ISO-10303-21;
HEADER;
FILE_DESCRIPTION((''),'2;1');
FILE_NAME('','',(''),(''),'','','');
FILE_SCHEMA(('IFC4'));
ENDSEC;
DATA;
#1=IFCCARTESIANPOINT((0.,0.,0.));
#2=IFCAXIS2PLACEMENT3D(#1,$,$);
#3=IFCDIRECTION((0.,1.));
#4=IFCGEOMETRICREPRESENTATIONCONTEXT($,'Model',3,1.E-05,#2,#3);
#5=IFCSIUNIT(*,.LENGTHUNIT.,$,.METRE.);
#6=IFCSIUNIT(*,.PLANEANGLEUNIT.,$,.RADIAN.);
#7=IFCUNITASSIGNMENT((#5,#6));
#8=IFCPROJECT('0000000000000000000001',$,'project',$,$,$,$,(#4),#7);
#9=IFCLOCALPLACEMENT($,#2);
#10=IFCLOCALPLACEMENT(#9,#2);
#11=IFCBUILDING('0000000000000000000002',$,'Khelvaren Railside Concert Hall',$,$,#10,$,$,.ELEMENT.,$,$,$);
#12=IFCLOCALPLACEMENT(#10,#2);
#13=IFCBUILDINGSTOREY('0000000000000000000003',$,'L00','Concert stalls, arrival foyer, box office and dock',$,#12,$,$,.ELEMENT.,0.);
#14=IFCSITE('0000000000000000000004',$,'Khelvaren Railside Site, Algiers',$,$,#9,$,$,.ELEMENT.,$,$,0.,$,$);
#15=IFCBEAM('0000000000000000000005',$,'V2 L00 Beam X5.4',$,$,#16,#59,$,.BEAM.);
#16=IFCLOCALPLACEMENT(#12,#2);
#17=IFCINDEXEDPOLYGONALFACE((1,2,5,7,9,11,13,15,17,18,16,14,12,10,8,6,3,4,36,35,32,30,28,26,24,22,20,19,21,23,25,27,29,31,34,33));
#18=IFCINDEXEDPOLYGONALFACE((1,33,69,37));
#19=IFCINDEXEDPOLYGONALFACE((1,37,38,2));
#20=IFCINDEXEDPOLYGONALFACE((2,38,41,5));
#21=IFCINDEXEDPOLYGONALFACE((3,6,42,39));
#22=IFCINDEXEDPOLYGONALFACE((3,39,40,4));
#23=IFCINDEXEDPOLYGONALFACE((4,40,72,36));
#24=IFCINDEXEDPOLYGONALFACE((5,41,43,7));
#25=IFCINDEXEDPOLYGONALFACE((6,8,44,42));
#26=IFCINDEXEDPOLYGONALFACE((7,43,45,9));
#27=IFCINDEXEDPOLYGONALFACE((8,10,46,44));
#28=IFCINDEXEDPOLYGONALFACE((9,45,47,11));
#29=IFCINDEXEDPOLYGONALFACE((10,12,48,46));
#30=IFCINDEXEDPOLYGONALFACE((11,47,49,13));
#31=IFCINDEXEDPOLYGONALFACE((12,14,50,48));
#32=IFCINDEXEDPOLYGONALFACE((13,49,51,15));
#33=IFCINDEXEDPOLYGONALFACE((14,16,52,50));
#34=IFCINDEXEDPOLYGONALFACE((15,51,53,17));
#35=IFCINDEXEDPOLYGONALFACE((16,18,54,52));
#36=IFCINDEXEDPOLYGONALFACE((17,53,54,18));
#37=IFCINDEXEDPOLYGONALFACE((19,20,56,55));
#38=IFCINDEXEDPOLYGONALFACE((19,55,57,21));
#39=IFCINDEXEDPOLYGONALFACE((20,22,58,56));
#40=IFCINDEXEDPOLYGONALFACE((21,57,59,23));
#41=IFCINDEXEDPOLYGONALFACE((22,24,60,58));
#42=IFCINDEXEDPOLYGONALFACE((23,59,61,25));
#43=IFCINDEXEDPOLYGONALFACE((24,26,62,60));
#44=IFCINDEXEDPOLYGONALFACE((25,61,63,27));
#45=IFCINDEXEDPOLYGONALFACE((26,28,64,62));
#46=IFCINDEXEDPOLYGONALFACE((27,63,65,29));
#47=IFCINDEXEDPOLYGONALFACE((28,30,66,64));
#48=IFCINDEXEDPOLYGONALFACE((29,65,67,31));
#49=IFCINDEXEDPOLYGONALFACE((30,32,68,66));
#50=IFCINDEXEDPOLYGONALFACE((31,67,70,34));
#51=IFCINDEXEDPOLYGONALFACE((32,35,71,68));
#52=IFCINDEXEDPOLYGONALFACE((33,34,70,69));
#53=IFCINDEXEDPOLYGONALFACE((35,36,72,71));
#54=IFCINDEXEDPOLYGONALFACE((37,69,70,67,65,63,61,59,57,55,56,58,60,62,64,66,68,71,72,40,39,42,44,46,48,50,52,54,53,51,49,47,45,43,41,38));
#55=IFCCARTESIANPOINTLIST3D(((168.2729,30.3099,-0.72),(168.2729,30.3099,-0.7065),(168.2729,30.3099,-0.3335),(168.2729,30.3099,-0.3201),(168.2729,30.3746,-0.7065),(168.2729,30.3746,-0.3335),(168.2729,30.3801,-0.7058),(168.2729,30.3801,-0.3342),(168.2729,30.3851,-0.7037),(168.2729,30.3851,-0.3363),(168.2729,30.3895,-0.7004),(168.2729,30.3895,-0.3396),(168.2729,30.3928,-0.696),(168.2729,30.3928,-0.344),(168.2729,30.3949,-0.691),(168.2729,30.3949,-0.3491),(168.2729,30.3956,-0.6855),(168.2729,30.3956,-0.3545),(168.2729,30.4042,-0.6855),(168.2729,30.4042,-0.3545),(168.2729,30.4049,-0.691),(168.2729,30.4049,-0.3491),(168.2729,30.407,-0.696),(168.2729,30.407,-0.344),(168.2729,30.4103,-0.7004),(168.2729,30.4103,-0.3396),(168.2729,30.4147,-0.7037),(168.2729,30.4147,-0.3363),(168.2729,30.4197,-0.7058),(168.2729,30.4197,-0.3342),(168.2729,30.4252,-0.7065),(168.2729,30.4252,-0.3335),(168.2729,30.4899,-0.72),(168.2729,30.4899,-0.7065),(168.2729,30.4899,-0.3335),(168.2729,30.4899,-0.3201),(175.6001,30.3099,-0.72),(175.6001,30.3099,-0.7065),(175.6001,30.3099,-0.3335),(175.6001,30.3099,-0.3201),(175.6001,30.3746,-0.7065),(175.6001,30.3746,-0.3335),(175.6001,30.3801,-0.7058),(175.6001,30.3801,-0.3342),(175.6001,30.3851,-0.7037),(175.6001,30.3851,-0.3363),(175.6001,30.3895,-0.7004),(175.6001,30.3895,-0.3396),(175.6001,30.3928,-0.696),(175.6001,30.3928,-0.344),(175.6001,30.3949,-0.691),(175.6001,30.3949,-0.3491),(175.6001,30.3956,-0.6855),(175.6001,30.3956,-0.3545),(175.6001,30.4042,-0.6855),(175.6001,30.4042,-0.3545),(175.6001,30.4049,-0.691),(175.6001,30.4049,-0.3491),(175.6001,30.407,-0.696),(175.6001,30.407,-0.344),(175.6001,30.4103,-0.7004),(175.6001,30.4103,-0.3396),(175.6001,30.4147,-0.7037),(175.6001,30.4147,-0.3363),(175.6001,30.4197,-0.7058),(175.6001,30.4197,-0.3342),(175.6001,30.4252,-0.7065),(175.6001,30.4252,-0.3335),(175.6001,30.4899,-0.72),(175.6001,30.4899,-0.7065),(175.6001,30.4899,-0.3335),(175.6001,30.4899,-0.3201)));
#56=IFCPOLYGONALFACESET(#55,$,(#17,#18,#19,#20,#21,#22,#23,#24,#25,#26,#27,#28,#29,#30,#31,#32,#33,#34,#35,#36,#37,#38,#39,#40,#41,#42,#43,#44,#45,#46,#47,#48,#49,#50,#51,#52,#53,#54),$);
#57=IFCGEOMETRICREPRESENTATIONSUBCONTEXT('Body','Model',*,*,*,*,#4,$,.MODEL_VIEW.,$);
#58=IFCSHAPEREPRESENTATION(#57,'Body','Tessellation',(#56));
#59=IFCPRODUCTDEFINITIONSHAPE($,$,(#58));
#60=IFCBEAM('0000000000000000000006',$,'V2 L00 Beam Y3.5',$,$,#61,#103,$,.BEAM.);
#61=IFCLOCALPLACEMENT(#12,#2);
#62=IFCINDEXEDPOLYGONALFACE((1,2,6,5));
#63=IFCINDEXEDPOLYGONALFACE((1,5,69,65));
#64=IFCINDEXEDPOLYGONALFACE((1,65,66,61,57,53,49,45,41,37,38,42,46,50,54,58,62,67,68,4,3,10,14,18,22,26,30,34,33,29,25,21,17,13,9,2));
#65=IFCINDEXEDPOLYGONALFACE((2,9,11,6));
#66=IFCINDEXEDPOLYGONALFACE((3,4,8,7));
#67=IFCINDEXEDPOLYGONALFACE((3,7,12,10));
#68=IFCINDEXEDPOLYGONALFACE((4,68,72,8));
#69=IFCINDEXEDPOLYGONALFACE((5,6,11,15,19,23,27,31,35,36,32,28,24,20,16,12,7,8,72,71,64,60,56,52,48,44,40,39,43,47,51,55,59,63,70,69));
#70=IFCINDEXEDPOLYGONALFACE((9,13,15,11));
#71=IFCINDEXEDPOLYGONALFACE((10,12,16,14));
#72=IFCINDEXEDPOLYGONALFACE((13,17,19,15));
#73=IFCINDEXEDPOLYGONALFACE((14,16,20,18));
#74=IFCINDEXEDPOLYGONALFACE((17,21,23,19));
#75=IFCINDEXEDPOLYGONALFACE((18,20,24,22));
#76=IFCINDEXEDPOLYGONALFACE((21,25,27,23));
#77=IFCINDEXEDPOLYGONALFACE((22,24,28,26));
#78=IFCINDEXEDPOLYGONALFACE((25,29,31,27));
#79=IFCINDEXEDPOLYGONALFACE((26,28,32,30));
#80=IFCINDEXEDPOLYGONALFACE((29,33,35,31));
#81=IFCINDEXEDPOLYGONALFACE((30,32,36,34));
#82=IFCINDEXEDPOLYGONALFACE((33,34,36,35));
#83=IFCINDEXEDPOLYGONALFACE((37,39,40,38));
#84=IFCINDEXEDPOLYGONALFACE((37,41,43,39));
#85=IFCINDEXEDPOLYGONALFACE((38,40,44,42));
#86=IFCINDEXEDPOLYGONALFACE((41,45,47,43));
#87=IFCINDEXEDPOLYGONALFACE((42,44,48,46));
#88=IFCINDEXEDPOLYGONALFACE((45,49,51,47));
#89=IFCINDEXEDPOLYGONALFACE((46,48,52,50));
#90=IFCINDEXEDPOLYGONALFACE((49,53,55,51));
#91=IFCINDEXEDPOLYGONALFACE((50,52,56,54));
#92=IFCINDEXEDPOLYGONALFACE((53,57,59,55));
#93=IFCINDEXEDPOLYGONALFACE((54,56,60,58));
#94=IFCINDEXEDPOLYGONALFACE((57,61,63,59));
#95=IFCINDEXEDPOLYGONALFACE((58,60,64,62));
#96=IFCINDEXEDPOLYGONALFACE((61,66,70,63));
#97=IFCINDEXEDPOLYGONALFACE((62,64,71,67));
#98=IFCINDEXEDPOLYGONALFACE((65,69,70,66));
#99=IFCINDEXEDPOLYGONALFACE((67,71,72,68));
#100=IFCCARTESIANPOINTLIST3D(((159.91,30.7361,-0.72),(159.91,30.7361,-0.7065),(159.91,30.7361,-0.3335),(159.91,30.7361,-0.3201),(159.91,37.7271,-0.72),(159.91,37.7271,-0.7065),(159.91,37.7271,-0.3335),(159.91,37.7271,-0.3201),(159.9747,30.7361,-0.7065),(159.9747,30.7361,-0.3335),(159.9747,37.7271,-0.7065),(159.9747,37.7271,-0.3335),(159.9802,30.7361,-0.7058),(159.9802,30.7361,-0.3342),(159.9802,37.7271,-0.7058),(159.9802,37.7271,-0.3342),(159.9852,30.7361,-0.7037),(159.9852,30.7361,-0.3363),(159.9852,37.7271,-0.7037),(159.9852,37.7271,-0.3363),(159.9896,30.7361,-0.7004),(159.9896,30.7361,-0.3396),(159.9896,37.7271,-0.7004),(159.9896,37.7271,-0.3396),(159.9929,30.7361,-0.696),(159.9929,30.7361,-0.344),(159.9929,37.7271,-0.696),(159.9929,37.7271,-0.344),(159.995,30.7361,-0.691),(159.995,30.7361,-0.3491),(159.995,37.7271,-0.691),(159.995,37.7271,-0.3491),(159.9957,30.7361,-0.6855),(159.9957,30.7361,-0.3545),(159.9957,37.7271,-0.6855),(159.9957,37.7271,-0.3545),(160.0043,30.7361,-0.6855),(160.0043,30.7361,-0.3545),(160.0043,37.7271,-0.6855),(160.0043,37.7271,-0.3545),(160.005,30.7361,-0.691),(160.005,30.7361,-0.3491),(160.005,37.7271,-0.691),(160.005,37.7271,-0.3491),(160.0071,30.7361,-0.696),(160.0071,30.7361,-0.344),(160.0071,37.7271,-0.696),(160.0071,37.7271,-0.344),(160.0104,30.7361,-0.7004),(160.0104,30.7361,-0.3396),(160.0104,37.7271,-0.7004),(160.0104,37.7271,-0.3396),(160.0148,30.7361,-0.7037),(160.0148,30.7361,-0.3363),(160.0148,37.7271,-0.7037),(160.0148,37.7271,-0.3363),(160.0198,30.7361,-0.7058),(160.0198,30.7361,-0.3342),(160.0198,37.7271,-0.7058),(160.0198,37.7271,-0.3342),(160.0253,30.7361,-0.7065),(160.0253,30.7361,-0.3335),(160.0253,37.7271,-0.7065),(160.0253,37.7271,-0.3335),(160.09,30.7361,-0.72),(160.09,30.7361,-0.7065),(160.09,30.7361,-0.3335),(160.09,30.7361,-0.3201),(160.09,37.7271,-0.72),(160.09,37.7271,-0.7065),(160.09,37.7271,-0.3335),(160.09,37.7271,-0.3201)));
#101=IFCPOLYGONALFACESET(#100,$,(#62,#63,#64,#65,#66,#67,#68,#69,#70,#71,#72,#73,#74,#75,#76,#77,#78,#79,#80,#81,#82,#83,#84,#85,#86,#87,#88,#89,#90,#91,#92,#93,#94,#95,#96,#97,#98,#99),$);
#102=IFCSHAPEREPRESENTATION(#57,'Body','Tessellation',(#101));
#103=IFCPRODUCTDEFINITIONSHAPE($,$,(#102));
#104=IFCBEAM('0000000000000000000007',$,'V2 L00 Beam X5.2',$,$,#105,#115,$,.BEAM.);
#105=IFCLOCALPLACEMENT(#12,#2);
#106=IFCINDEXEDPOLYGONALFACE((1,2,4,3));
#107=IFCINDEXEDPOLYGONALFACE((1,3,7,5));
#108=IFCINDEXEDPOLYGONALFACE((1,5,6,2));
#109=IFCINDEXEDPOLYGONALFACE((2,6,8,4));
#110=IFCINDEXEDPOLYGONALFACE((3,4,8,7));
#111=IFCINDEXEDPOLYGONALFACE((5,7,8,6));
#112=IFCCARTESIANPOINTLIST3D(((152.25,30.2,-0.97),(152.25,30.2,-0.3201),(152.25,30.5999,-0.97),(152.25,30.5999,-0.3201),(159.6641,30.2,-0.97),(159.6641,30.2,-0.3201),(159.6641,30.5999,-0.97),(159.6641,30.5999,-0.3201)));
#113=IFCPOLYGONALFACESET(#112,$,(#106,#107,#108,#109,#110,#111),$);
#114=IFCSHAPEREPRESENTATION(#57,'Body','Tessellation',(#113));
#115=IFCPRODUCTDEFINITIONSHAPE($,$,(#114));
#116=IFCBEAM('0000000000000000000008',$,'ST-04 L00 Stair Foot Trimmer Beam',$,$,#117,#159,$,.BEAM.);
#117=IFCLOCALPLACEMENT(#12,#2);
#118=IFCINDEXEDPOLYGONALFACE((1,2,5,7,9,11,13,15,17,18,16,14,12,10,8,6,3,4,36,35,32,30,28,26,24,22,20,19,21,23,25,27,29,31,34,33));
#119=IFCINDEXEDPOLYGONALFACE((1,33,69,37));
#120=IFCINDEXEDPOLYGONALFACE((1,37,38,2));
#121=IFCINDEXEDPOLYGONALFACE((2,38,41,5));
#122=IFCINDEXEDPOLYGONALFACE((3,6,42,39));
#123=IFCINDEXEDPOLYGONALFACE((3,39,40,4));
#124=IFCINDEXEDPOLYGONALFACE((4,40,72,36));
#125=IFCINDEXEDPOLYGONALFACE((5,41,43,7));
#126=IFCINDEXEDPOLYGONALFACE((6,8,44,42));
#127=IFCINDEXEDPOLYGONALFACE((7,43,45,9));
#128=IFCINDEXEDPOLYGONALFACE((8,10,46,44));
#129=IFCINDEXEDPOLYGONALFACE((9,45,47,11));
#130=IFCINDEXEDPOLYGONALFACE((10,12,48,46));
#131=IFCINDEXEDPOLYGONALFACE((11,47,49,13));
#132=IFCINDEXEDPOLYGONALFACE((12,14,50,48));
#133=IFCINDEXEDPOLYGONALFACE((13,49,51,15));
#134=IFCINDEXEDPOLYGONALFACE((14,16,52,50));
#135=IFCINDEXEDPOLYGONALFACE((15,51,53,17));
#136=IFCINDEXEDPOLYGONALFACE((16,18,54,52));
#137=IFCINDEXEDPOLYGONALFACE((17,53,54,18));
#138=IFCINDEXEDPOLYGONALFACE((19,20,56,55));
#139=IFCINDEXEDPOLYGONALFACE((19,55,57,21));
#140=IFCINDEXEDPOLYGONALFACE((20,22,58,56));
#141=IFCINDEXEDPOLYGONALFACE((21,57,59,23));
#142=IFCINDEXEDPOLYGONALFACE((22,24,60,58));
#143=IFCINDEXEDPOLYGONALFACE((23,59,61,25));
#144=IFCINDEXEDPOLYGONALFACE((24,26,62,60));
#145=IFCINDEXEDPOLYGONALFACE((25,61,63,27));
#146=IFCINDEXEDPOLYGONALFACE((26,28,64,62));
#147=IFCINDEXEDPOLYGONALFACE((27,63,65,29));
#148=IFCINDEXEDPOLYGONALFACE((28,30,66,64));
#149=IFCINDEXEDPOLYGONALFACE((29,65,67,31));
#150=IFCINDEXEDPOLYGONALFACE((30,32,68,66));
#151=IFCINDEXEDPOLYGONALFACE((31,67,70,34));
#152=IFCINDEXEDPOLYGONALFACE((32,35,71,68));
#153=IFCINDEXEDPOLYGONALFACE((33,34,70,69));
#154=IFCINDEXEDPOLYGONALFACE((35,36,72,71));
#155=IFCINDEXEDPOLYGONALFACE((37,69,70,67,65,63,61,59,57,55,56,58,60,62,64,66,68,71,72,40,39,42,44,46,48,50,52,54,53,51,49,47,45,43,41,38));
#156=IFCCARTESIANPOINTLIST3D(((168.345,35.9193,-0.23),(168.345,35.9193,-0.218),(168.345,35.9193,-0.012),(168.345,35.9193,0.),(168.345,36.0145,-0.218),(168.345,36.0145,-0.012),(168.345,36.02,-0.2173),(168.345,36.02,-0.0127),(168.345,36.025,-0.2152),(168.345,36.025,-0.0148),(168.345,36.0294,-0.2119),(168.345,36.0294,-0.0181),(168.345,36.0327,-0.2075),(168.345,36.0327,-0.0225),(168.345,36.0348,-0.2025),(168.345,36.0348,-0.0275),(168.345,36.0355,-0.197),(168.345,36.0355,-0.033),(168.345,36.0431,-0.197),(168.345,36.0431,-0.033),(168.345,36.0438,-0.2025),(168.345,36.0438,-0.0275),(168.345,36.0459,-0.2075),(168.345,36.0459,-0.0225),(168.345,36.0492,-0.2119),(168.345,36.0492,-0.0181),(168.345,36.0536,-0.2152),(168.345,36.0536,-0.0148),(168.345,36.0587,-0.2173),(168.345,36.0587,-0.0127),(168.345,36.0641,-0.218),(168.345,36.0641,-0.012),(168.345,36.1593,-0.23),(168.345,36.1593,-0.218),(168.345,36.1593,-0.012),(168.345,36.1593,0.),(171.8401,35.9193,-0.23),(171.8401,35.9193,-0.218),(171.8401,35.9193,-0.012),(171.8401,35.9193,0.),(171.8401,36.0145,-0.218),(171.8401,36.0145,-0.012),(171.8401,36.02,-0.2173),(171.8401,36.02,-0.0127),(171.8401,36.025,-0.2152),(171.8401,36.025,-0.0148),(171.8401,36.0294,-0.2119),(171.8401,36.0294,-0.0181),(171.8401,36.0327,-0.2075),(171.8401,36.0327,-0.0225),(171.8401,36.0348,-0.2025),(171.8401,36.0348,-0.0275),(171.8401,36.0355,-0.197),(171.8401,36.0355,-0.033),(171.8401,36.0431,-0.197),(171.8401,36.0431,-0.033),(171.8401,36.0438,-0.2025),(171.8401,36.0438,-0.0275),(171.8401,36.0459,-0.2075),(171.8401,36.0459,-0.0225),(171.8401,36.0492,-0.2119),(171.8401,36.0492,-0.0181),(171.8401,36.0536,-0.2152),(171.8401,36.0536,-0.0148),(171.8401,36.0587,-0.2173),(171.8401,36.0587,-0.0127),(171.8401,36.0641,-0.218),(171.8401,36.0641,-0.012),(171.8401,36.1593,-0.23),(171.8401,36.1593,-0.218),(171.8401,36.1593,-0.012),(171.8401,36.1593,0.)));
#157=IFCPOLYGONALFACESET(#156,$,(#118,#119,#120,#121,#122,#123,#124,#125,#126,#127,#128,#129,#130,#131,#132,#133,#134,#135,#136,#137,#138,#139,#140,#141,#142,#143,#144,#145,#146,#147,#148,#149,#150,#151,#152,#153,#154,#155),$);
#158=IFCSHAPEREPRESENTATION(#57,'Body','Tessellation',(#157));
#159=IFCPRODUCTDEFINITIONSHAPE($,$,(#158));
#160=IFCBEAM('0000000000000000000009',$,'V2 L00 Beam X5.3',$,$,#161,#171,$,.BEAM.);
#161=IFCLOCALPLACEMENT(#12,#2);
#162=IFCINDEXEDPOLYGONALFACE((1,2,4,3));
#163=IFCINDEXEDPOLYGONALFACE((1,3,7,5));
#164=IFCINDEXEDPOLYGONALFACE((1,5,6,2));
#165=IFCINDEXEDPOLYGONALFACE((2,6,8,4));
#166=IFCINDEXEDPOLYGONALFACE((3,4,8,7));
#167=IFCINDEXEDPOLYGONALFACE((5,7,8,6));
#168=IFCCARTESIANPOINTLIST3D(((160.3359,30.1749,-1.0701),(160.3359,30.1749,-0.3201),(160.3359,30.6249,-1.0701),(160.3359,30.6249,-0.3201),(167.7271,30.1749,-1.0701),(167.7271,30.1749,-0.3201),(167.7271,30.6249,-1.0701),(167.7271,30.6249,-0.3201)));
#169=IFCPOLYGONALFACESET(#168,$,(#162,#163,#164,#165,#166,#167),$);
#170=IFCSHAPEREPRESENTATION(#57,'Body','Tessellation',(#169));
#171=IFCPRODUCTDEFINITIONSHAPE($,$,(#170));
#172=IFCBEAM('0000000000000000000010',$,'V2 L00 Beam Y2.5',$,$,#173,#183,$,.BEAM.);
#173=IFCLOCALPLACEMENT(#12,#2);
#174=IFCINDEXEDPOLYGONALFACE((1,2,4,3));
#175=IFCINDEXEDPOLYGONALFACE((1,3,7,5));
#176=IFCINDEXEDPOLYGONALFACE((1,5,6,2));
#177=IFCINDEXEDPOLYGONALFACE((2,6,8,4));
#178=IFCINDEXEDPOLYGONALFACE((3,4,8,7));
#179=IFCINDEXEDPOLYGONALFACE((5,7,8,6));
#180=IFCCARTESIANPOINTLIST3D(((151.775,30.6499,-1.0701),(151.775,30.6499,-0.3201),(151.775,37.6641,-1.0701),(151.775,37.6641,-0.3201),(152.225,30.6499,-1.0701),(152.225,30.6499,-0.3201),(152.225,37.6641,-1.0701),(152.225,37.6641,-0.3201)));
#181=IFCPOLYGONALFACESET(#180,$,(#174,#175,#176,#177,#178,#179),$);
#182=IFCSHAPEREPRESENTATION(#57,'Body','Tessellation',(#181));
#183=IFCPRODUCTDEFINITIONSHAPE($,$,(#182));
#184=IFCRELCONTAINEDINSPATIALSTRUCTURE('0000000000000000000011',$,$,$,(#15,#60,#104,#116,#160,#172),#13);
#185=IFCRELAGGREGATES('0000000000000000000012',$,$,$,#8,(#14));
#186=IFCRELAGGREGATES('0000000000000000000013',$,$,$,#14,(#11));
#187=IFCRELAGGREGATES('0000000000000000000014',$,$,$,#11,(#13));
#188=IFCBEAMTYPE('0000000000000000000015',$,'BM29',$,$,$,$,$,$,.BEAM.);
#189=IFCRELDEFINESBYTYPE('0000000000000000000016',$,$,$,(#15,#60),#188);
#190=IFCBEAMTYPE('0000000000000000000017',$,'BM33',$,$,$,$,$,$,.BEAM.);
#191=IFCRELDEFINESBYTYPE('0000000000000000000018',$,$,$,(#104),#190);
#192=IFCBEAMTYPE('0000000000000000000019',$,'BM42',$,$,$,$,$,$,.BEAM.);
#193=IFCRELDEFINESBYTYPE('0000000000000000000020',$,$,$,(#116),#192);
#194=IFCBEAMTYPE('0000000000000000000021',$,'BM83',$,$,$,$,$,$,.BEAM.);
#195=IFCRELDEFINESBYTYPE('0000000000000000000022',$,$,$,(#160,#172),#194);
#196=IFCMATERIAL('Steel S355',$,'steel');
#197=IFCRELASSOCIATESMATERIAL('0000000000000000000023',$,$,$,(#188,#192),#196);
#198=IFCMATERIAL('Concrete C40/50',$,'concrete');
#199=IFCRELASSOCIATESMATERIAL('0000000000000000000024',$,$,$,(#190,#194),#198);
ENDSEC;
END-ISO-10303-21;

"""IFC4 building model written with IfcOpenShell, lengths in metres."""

from ifc_helpers import new_model, si_unit, direction, frame, origin, origin_2d, place, context, subcontext, project, spatial, rectangle, i_section, extrude, material, material_profile, profile_set, type_object, element, save


model = new_model("IFC4")

# Units and contexts
model_context = context("Model", 3, precision=1e-05, world=origin(), true_north=direction((0.0, 1.0)))
body_context = subcontext(model_context, "Body", "Model", "MODEL_VIEW")
ifc_project = project(units=[si_unit("LENGTHUNIT", "METRE"), si_unit("PLANEANGLEUNIT", "RADIAN")], contexts=[model_context])

# Site, building, storey
site_placement = place(None, origin())
site = spatial("IfcSite", under=ifc_project, at=site_placement, Name="Khelvaren Railside Site, Algiers", CompositionType="ELEMENT", RefElevation=0.0)
building_placement = place(site_placement, origin())
building = spatial("IfcBuilding", under=site, at=building_placement, Name="Khelvaren Railside Concert Hall", CompositionType="ELEMENT")
storey_placement = place(building_placement, origin())
storey = spatial("IfcBuildingStorey", under=building, at=storey_placement, Name="L00", Description="Concert stalls, arrival foyer, box office and dock", CompositionType="ELEMENT", Elevation=0.0)

# Shared definitions
ifc_material_1 = material(Name="Steel S355", Category="steel")

# Beams
ifc_material_profile_1 = material_profile(ifc_material_1, i_section(OverallWidth=0.1799, OverallDepth=0.3999, WebThickness=0.0085, FlangeThickness=0.0134, FilletRadius=0.021, at=origin_2d()), Name="IPE 400")
ifc_profile_set_1 = profile_set([ifc_material_profile_1], Name="Steel S355")
beam_type_1 = type_object("IfcBeamType", Name="BM29", PredefinedType="BEAM", material=ifc_profile_set_1)
beam_1_placement = place(storey_placement, frame((168.2729, 30.3999, -0.52), z_axis=(1.0, 0.0, 0.0), x_axis=(0.0, 1.0, 0.0)))
element("IfcBeam", 1, at=beam_1_placement, inside=storey, type_object=beam_type_1, Name="V2 L00 Beam X5.4", PredefinedType="BEAM", context=body_context, shape_type="SweptSolid", body=[
    extrude(i_section(OverallWidth=0.1799, OverallDepth=0.3999, WebThickness=0.0085, FlangeThickness=0.0134, FilletRadius=0.021, at=origin_2d()), origin(), (0.0, 0.0, 1.0), 7.3271),
])
beam_2_placement = place(storey_placement, frame((160.0, 30.7361, -0.52), z_axis=(0.0, 1.0, 0.0), x_axis=(-1.0, 0.0, 0.0)))
element("IfcBeam", 2, at=beam_2_placement, inside=storey, type_object=beam_type_1, Name="V2 L00 Beam Y3.5", PredefinedType="BEAM", context=body_context, shape_type="SweptSolid", body=[
    extrude(i_section(OverallWidth=0.1799, OverallDepth=0.3999, WebThickness=0.0085, FlangeThickness=0.0134, FilletRadius=0.021, at=origin_2d()), origin(), (0.0, 0.0, 1.0), 6.991),
])
ifc_material_2 = material(Name="Concrete C40/50", Category="concrete")
ifc_material_profile_2 = material_profile(ifc_material_2, rectangle(XDim=0.3999, YDim=0.6499, at=origin_2d()), Name="RCB 400x650")
ifc_profile_set_2 = profile_set([ifc_material_profile_2], Name="Concrete C40/50")
beam_type_2 = type_object("IfcBeamType", Name="BM33", PredefinedType="BEAM", material=ifc_profile_set_2)
beam_3_placement = place(storey_placement, frame((152.25, 30.3999, -0.645), z_axis=(1.0, 0.0, 0.0), x_axis=(0.0, 1.0, 0.0)))
element("IfcBeam", 3, at=beam_3_placement, inside=storey, type_object=beam_type_2, Name="V2 L00 Beam X5.2", PredefinedType="BEAM", context=body_context, shape_type="SweptSolid", body=[
    extrude(rectangle(XDim=0.3999, YDim=0.6499, at=origin_2d()), origin(), (0.0, 0.0, 1.0), 7.4141),
])
ifc_material_profile_3 = material_profile(ifc_material_1, i_section(OverallWidth=0.24, OverallDepth=0.23, WebThickness=0.0076, FlangeThickness=0.012, FilletRadius=0.021, at=origin_2d()), Name="HEA 240")
ifc_profile_set_3 = profile_set([ifc_material_profile_3], Name="Steel S355")
beam_type_3 = type_object("IfcBeamType", Name="BM42", PredefinedType="BEAM", material=ifc_profile_set_3)
beam_4_placement = place(storey_placement, frame((168.345, 36.0393, -0.115), z_axis=(1.0, 0.0, 0.0), x_axis=(0.0, 1.0, 0.0)))
element("IfcBeam", 4, at=beam_4_placement, inside=storey, type_object=beam_type_3, Name="ST-04 L00 Stair Foot Trimmer Beam", PredefinedType="BEAM", context=body_context, shape_type="SweptSolid", body=[
    extrude(i_section(OverallWidth=0.24, OverallDepth=0.23, WebThickness=0.0076, FlangeThickness=0.012, FilletRadius=0.021, at=origin_2d()), origin(), (0.0, 0.0, 1.0), 3.4951),
])
ifc_material_profile_4 = material_profile(ifc_material_2, rectangle(XDim=0.45, YDim=0.75, at=origin_2d()), Name="RCB 450x750")
ifc_profile_set_4 = profile_set([ifc_material_profile_4], Name="Concrete C40/50")
beam_type_4 = type_object("IfcBeamType", Name="BM83", PredefinedType="BEAM", material=ifc_profile_set_4)
beam_5_placement = place(storey_placement, frame((160.3359, 30.3999, -0.6951), z_axis=(1.0, 0.0, 0.0), x_axis=(0.0, 1.0, 0.0)))
element("IfcBeam", 5, at=beam_5_placement, inside=storey, type_object=beam_type_4, Name="V2 L00 Beam X5.3", PredefinedType="BEAM", context=body_context, shape_type="SweptSolid", body=[
    extrude(rectangle(XDim=0.45, YDim=0.75, at=origin_2d()), origin(), (0.0, 0.0, 1.0), 7.3911),
])
beam_6_placement = place(storey_placement, frame((152.0, 30.6499, -0.6951), z_axis=(0.0, 1.0, 0.0), x_axis=(-1.0, 0.0, 0.0)))
element("IfcBeam", 6, at=beam_6_placement, inside=storey, type_object=beam_type_4, Name="V2 L00 Beam Y2.5", PredefinedType="BEAM", context=body_context, shape_type="SweptSolid", body=[
    extrude(rectangle(XDim=0.45, YDim=0.75, at=origin_2d()), origin(), (0.0, 0.0, 1.0), 7.0142),
])

save(model, "model.ifc")
